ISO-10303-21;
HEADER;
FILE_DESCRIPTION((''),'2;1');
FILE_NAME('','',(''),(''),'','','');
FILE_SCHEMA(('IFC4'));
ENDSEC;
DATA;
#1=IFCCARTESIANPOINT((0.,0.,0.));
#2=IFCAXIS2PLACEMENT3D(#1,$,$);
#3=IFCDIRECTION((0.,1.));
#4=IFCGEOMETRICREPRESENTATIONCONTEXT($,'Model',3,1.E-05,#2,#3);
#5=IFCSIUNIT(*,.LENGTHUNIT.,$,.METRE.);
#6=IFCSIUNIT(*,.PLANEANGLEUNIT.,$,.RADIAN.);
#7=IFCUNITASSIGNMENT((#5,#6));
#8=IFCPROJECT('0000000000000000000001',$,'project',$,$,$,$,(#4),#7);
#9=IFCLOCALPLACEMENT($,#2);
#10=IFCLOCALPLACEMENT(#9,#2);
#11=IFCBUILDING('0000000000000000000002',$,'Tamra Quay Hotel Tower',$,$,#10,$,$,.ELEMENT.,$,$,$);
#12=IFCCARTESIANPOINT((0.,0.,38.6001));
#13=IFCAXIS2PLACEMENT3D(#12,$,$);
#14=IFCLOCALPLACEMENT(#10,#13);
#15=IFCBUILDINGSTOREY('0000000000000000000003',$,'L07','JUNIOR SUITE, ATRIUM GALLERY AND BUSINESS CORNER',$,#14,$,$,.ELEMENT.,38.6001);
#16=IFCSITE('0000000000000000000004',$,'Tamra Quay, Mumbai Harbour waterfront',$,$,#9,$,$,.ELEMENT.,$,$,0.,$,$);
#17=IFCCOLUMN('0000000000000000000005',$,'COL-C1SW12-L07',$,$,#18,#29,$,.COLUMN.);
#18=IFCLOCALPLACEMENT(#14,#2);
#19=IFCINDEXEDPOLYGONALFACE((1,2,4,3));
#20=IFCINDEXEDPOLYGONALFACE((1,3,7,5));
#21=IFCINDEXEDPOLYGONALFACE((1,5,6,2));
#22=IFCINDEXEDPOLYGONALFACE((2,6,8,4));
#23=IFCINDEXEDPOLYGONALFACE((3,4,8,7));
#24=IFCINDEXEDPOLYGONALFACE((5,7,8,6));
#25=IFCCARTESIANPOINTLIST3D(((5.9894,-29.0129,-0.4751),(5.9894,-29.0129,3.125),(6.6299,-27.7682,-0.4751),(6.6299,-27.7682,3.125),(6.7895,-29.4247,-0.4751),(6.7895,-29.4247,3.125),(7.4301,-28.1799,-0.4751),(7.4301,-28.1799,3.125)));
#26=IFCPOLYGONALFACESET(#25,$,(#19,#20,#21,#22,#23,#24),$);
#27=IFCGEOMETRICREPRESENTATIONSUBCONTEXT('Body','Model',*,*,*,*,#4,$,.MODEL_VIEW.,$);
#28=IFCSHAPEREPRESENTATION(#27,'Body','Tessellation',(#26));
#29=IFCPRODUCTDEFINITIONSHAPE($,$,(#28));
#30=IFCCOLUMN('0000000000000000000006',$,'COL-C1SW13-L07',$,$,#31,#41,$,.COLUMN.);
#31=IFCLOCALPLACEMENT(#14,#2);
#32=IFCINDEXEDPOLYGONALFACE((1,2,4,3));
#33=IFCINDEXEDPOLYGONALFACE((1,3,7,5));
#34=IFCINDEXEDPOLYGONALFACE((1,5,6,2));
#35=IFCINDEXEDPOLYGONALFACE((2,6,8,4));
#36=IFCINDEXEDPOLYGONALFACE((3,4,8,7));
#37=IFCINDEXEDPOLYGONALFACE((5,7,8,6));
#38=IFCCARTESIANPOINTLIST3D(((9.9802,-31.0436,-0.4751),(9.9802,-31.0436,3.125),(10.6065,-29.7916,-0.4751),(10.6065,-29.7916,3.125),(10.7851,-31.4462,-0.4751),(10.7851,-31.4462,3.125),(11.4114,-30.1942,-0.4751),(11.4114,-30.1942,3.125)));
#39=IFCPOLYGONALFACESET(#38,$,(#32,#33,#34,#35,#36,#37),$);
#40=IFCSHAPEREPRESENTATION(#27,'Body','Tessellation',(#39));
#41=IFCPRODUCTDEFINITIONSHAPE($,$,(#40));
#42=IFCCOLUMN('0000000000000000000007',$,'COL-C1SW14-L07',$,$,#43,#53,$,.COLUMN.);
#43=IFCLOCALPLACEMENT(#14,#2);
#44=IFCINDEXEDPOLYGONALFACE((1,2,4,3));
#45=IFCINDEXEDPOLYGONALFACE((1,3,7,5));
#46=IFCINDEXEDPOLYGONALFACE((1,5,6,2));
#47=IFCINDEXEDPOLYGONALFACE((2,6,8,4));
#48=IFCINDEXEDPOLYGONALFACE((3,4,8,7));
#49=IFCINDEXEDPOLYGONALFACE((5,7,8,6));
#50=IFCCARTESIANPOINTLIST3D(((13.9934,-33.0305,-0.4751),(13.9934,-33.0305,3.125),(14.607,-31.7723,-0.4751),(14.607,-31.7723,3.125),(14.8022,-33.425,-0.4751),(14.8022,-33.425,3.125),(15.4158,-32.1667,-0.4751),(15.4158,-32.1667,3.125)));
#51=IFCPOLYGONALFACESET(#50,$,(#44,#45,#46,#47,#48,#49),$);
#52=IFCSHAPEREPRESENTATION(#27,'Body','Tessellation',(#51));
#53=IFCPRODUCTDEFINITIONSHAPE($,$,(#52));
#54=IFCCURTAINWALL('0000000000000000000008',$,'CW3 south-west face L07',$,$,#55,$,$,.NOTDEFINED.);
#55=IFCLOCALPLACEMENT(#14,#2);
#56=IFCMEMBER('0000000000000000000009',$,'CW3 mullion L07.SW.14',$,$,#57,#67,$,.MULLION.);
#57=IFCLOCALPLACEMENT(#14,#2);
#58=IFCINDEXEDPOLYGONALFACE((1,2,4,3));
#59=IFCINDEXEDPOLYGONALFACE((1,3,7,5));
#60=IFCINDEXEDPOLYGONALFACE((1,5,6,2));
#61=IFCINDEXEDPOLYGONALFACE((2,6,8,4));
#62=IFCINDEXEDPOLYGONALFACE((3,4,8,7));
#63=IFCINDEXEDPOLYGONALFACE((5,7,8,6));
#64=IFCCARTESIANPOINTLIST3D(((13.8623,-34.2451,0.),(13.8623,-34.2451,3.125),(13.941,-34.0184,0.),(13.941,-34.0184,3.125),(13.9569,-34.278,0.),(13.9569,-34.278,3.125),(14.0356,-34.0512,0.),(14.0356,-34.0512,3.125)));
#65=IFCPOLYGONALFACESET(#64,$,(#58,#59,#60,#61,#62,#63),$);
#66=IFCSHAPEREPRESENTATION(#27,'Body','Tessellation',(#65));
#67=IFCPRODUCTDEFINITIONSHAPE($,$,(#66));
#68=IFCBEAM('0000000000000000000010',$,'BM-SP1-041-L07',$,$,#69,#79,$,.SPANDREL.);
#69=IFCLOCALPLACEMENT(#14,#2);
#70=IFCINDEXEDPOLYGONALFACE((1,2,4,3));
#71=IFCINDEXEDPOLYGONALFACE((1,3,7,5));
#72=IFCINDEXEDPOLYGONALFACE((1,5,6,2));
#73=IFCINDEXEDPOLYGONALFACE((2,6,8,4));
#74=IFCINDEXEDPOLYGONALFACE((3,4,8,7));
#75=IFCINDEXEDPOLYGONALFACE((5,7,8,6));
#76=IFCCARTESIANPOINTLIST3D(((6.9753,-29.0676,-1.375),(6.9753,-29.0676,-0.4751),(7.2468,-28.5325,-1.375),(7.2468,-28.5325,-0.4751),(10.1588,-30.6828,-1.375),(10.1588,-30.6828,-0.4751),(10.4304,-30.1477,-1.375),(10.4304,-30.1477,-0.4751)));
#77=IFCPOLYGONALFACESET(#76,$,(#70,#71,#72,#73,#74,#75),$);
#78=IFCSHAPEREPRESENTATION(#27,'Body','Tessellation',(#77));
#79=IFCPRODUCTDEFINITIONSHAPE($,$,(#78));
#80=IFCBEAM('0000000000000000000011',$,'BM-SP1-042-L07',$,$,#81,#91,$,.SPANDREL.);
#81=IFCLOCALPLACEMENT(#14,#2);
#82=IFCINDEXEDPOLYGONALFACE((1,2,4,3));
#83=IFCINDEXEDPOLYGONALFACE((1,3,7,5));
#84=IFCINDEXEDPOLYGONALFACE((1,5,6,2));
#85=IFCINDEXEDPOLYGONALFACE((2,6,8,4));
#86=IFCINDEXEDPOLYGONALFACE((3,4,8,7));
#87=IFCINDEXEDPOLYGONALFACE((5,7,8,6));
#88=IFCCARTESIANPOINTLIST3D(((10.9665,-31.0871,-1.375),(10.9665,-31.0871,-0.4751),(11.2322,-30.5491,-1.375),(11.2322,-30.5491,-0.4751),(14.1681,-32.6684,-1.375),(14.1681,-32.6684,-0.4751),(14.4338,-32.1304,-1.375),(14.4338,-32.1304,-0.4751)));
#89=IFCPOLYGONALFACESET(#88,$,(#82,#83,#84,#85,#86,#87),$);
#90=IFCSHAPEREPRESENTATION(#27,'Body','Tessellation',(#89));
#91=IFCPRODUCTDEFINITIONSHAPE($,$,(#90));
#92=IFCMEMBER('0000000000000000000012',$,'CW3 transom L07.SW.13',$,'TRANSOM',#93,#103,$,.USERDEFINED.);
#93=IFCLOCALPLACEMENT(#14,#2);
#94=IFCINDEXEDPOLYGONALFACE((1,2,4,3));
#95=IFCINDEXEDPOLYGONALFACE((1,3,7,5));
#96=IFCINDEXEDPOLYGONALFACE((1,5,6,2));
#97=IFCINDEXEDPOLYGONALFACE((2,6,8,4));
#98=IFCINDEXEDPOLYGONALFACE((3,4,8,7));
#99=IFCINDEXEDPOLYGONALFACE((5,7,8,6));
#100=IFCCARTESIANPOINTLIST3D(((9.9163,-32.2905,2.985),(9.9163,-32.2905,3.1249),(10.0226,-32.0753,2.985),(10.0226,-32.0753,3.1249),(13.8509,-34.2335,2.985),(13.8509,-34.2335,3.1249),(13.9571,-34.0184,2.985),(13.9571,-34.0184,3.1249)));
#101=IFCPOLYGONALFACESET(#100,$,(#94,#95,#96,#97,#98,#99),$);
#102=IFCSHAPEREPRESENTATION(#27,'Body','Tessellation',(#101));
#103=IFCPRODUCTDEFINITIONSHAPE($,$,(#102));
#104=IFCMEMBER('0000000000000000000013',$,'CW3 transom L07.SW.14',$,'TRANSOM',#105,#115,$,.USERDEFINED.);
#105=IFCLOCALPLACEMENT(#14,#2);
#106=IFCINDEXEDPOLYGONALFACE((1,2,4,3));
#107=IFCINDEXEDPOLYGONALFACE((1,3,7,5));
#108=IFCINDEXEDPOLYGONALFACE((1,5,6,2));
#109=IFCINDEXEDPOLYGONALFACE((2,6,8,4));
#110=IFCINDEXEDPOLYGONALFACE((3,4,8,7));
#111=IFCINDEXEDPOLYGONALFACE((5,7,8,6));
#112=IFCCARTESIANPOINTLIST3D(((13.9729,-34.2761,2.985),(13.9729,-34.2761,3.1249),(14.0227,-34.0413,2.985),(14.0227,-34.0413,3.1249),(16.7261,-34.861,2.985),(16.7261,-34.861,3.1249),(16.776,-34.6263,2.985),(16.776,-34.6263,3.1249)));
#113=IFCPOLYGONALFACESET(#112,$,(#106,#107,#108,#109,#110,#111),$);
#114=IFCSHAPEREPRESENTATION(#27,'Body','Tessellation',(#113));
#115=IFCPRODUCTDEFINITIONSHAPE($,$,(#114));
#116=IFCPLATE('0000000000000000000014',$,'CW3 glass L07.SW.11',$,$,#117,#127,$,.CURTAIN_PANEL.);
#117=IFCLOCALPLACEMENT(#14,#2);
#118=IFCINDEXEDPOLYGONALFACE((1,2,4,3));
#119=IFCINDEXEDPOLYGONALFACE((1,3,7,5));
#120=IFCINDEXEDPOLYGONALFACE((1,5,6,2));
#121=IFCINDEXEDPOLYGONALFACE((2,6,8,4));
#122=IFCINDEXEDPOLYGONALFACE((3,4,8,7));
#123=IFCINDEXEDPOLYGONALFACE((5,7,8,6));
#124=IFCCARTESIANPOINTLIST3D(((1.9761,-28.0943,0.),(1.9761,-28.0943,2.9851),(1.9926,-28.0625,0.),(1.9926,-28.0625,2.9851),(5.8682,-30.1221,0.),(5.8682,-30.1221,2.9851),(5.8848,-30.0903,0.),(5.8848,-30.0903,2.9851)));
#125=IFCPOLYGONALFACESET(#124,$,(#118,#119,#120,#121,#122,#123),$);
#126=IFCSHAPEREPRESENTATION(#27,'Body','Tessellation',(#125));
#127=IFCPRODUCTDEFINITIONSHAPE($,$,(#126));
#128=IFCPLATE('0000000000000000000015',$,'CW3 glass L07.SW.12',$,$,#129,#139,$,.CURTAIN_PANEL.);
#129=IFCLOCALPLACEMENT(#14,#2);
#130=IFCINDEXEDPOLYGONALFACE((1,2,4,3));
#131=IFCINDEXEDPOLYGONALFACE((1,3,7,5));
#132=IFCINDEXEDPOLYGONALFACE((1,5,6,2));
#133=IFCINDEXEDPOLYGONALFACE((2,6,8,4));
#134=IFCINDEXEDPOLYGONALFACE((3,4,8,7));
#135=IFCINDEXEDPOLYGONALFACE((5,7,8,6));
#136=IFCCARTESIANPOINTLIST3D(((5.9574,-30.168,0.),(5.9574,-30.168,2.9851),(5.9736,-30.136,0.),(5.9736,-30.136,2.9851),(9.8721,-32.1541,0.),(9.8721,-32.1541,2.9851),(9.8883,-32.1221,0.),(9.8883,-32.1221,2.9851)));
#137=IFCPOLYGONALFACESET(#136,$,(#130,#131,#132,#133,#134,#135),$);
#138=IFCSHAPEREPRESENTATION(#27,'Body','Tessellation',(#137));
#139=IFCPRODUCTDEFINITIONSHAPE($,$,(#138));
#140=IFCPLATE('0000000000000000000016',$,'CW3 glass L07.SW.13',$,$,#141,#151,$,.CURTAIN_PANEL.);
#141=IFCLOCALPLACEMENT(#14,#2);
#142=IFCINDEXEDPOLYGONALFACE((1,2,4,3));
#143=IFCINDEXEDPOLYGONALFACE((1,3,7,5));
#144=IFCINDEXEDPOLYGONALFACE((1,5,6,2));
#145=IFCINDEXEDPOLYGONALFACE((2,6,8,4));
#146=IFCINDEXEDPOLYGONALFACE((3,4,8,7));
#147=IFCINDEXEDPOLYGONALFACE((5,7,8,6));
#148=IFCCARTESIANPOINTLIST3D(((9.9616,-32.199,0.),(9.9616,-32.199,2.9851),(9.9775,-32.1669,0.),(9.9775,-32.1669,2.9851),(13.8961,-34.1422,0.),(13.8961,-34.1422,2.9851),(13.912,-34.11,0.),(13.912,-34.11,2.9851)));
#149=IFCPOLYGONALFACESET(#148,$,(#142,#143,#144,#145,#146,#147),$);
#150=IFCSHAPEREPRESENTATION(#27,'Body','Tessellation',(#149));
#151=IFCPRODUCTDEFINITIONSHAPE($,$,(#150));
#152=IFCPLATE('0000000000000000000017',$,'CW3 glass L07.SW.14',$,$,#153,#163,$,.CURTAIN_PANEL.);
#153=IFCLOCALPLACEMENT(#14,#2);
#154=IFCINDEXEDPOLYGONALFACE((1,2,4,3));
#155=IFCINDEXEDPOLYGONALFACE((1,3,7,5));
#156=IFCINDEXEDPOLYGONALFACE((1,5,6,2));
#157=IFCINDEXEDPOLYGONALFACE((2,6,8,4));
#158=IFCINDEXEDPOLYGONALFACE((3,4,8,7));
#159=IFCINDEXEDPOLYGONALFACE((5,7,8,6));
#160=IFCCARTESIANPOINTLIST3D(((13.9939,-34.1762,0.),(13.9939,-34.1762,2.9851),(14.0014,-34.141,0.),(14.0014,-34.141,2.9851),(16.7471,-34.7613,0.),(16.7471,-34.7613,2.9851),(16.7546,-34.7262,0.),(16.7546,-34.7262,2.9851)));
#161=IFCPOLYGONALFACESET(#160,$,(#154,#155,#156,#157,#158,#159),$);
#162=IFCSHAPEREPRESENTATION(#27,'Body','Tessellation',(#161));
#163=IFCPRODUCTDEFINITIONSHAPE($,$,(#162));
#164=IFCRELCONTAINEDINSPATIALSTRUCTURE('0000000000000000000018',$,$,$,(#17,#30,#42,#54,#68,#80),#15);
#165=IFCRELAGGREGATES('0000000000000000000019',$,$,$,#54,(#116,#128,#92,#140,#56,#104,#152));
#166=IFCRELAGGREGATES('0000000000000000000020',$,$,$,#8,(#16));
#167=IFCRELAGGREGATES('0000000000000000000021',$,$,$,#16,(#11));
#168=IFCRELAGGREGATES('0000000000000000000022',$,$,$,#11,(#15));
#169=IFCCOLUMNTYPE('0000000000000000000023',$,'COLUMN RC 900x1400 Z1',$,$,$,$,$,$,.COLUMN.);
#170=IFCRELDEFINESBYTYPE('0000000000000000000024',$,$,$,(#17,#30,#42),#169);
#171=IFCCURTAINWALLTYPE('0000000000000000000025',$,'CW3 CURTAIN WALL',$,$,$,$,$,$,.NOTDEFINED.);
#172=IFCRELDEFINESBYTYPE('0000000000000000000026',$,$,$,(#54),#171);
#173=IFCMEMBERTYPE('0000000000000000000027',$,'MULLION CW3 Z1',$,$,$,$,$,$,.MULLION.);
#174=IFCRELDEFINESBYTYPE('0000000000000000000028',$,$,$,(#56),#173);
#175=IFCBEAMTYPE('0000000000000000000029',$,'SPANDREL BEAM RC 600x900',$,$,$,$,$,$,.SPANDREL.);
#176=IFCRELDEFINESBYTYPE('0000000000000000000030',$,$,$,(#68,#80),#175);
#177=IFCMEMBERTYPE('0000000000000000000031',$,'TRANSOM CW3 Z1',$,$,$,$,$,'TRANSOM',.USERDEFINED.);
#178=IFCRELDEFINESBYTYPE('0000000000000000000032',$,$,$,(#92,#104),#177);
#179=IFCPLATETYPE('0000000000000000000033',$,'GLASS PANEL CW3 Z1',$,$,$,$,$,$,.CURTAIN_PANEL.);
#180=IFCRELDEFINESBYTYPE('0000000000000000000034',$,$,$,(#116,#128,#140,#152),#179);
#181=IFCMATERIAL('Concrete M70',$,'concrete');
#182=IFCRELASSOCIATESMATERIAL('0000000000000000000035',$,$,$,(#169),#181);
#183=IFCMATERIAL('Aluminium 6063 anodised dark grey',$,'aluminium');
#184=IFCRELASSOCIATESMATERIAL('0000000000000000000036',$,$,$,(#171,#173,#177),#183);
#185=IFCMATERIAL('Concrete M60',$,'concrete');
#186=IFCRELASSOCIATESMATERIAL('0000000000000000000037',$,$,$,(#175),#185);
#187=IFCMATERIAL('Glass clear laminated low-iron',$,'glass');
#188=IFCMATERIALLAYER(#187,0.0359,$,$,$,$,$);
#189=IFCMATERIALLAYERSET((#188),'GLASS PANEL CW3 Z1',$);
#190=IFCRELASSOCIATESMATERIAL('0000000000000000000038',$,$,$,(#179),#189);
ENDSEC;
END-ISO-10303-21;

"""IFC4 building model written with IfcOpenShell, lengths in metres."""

from ifc_helpers import new_model, si_unit, direction, frame, origin, origin_2d, place, context, subcontext, project, spatial, rectangle, extrude, material, layer, layer_set, material_profile, profile_set, type_object, element, aggregate, save


model = new_model("IFC4")

# Units and contexts
model_context = context("Model", 3, precision=1e-05, world=origin(), true_north=direction((0.0, 1.0)))
body_context = subcontext(model_context, "Body", "Model", "MODEL_VIEW")
ifc_project = project(units=[si_unit("LENGTHUNIT", "METRE"), si_unit("PLANEANGLEUNIT", "RADIAN")], contexts=[model_context])

# Site, building, storey
site_placement = place(None, origin())
site = spatial("IfcSite", under=ifc_project, at=site_placement, Name="Tamra Quay, Mumbai Harbour waterfront", CompositionType="ELEMENT", RefElevation=0.0)
building_placement = place(site_placement, origin())
building = spatial("IfcBuilding", under=site, at=building_placement, Name="Tamra Quay Hotel Tower", CompositionType="ELEMENT")
storey_placement = place(building_placement, frame((0.0, 0.0, 38.6001)))
storey = spatial("IfcBuildingStorey", under=building, at=storey_placement, Name="L07", Description="JUNIOR SUITE, ATRIUM GALLERY AND BUSINESS CORNER", CompositionType="ELEMENT", Elevation=38.6001)

# Columns
ifc_material_1 = material(Name="Concrete M70", Category="concrete")
ifc_material_profile_1 = material_profile(ifc_material_1, rectangle(XDim=1.3999, YDim=0.8999, at=origin_2d()), Name="COLUMN RC 900x1400 Z1")
ifc_profile_set_1 = profile_set([ifc_material_profile_1], Name="Concrete M70")
column_type = type_object("IfcColumnType", Name="COLUMN RC 900x1400 Z1", PredefinedType="COLUMN", material=ifc_profile_set_1)
for number, where, z_axis, x_axis, name in (
    (1, (6.7097, -28.5964, -0.4751), (0.0, 0.0, 1.0), (0.457548, 0.889185, 0.0), "COL-C1SW12-L07"),
    (2, (10.6958, -30.6189, -0.4751), (0.0, 0.0, 1.0), (0.447377, 0.894346, 0.0), "COL-C1SW13-L07"),
    (3, (14.7046, -32.5986, -0.4751), (0.0, 0.0, 1.0), (0.438341, 0.898809, 0.0), "COL-C1SW14-L07"),
):
    element("IfcColumn", number, at=place(storey_placement, frame(where, z_axis=z_axis, x_axis=x_axis)), inside=storey, type_object=column_type, Name=name, PredefinedType="COLUMN", context=body_context, shape_type="SweptSolid", body=[
        extrude(rectangle(XDim=1.3999, YDim=0.8999, at=origin_2d()), origin(), (0.0, 0.0, 1.0), 3.6001),
    ])

# Curtain wall, member
ifc_material_2 = material(Name="Aluminium 6063 anodised dark grey", Category="aluminium")
curtain_wall_type = type_object("IfcCurtainWallType", Name="CW3 CURTAIN WALL", PredefinedType="NOTDEFINED", material=ifc_material_2)
curtain_wall_placement = place(storey_placement, origin())
curtain_wall = element("IfcCurtainWall", 4, at=curtain_wall_placement, inside=storey, type_object=curtain_wall_type, Name="CW3 south-west face L07", PredefinedType="NOTDEFINED")
ifc_material_profile_2 = material_profile(ifc_material_2, rectangle(XDim=0.24, YDim=0.1001, at=origin_2d()), Name="MULLION 100X240")
ifc_profile_set_2 = profile_set([ifc_material_profile_2], Name="Aluminium 6063 anodised dark grey")
member_type_1 = type_object("IfcMemberType", Name="MULLION CW3 Z1", PredefinedType="MULLION", material=ifc_profile_set_2)
member_1_placement = place(storey_placement, frame((13.949, -34.1482, 0.0), z_axis=(0.0, 0.0, 1.0), x_axis=(-0.327898, -0.944713, 0.0)))
member_1 = element("IfcMember", 5, at=member_1_placement, type_object=member_type_1, Name="CW3 mullion L07.SW.14", PredefinedType="MULLION", context=body_context, shape_type="SweptSolid", body=[
    extrude(rectangle(XDim=0.24, YDim=0.1001, at=origin_2d()), origin(), (0.0, 0.0, 1.0), 3.125),
])

# Beams
ifc_material_3 = material(Name="Concrete M60", Category="concrete")
ifc_material_profile_3 = material_profile(ifc_material_3, rectangle(XDim=0.6001, YDim=0.8999, at=origin_2d()), Name="SPANDREL BEAM RC 600x900")
ifc_profile_set_3 = profile_set([ifc_material_profile_3], Name="Concrete M60")
beam_type = type_object("IfcBeamType", Name="SPANDREL BEAM RC 600x900", PredefinedType="SPANDREL", material=ifc_profile_set_3)
beam_1_placement = place(storey_placement, frame((7.1111, -28.8, -0.925), z_axis=(0.891786, -0.452458, 0.0), x_axis=(0.452458, 0.891786, 0.0)))
element("IfcBeam", 6, at=beam_1_placement, inside=storey, type_object=beam_type, Name="BM-SP1-041-L07", PredefinedType="SPANDREL", context=body_context, shape_type="SweptSolid", body=[
    extrude(rectangle(XDim=0.6001, YDim=0.8999, at=origin_2d()), origin(), (0.0, 0.0, 1.0), 3.5698),
])
beam_2_placement = place(storey_placement, frame((11.0994, -30.8181, -0.925), z_axis=(0.896604, -0.442833, 0.0), x_axis=(0.442833, 0.896604, 0.0)))
element("IfcBeam", 7, at=beam_2_placement, inside=storey, type_object=beam_type, Name="BM-SP1-042-L07", PredefinedType="SPANDREL", context=body_context, shape_type="SweptSolid", body=[
    extrude(rectangle(XDim=0.6001, YDim=0.8999, at=origin_2d()), origin(), (0.0, 0.0, 1.0), 3.5708),
])

# Members
ifc_material_profile_4 = material_profile(ifc_material_2, rectangle(XDim=0.24, YDim=0.1399, at=origin_2d()), Name="TRANSOM 240X140")
ifc_profile_set_4 = profile_set([ifc_material_profile_4], Name="Aluminium 6063 anodised dark grey")
member_type_2 = type_object("IfcMemberType", Name="TRANSOM CW3 Z1", ElementType="TRANSOM", PredefinedType="USERDEFINED", material=ifc_profile_set_4)
member_2_placement = place(storey_placement, frame((9.9695, -32.1829, 3.0549), z_axis=(0.896619, -0.442802, 0.0), x_axis=(0.442802, 0.896619, 0.0)))
member_2 = element("IfcMember", 8, at=member_2_placement, type_object=member_type_2, Name="CW3 transom L07.SW.13", ObjectType="TRANSOM", PredefinedType="USERDEFINED", context=body_context, shape_type="SweptSolid", body=[
    extrude(rectangle(XDim=0.24, YDim=0.1399, at=origin_2d()), origin(), (0.0, 0.0, 1.0), 4.3882),
])
member_3_placement = place(storey_placement, frame((13.9978, -34.1587, 3.0549), z_axis=(0.978165, -0.207829, 0.0), x_axis=(0.207829, 0.978165, 0.0)))
member_3 = element("IfcMember", 9, at=member_3_placement, type_object=member_type_2, Name="CW3 transom L07.SW.14", ObjectType="TRANSOM", PredefinedType="USERDEFINED", context=body_context, shape_type="SweptSolid", body=[
    extrude(rectangle(XDim=0.24, YDim=0.1399, at=origin_2d()), origin(), (0.0, 0.0, 1.0), 2.8147),
])

# Plates
ifc_material_4 = material(Name="Glass clear laminated low-iron", Category="glass")
ifc_layer_1 = layer(ifc_material_4, 0.0359)
ifc_layer_set_1 = layer_set([ifc_layer_1], Name="GLASS PANEL CW3 Z1")
plate_type = type_object("IfcPlateType", Name="GLASS PANEL CW3 Z1", PredefinedType="CURTAIN_PANEL", material=ifc_layer_set_1)
plate_1_placement = place(storey_placement, frame((3.9304, -29.0923, 0.0), z_axis=(0.0, 0.0, 1.0), x_axis=(0.886857, -0.462045, 0.0)))
plate_1 = element("IfcPlate", 10, at=plate_1_placement, type_object=plate_type, Name="CW3 glass L07.SW.11", PredefinedType="CURTAIN_PANEL", context=body_context, shape_type="SweptSolid", body=[
    extrude(rectangle(XDim=4.3887, YDim=0.0359, at=origin_2d()), origin(), (0.0, 0.0, 1.0), 2.9851),
])
plate_2_placement = place(storey_placement, frame((7.9229, -31.145, 0.0), z_axis=(0.0, 0.0, 1.0), x_axis=(0.89179, -0.45245, 0.0)))
plate_2 = element("IfcPlate", 11, at=plate_2_placement, type_object=plate_type, Name="CW3 glass L07.SW.12", PredefinedType="CURTAIN_PANEL", context=body_context, shape_type="SweptSolid", body=[
    extrude(rectangle(XDim=4.3896, YDim=0.0359, at=origin_2d()), origin(), (0.0, 0.0, 1.0), 2.9851),
])
plate_3_placement = place(storey_placement, frame((11.9368, -33.1545, 0.0), z_axis=(0.0, 0.0, 1.0), x_axis=(0.896611, -0.442819, 0.0)))
plate_3 = element("IfcPlate", 12, at=plate_3_placement, type_object=plate_type, Name="CW3 glass L07.SW.13", PredefinedType="CURTAIN_PANEL", context=body_context, shape_type="SweptSolid", body=[
    extrude(rectangle(XDim=4.3882, YDim=0.0359, at=origin_2d()), origin(), (0.0, 0.0, 1.0), 2.9851),
])
plate_4_placement = place(storey_placement, frame((15.3743, -34.4512, 0.0), z_axis=(0.0, 0.0, 1.0), x_axis=(0.978153, -0.207887, 0.0)))
plate_4 = element("IfcPlate", 13, at=plate_4_placement, type_object=plate_type, Name="CW3 glass L07.SW.14", PredefinedType="CURTAIN_PANEL", context=body_context, shape_type="SweptSolid", body=[
    extrude(rectangle(XDim=2.8147, YDim=0.0359, at=origin_2d()), origin(), (0.0, 0.0, 1.0), 2.9851),
])
aggregate(curtain_wall, [plate_1, plate_2, member_2, plate_3, member_1, member_3, plate_4])

save(model, "model.ifc")
